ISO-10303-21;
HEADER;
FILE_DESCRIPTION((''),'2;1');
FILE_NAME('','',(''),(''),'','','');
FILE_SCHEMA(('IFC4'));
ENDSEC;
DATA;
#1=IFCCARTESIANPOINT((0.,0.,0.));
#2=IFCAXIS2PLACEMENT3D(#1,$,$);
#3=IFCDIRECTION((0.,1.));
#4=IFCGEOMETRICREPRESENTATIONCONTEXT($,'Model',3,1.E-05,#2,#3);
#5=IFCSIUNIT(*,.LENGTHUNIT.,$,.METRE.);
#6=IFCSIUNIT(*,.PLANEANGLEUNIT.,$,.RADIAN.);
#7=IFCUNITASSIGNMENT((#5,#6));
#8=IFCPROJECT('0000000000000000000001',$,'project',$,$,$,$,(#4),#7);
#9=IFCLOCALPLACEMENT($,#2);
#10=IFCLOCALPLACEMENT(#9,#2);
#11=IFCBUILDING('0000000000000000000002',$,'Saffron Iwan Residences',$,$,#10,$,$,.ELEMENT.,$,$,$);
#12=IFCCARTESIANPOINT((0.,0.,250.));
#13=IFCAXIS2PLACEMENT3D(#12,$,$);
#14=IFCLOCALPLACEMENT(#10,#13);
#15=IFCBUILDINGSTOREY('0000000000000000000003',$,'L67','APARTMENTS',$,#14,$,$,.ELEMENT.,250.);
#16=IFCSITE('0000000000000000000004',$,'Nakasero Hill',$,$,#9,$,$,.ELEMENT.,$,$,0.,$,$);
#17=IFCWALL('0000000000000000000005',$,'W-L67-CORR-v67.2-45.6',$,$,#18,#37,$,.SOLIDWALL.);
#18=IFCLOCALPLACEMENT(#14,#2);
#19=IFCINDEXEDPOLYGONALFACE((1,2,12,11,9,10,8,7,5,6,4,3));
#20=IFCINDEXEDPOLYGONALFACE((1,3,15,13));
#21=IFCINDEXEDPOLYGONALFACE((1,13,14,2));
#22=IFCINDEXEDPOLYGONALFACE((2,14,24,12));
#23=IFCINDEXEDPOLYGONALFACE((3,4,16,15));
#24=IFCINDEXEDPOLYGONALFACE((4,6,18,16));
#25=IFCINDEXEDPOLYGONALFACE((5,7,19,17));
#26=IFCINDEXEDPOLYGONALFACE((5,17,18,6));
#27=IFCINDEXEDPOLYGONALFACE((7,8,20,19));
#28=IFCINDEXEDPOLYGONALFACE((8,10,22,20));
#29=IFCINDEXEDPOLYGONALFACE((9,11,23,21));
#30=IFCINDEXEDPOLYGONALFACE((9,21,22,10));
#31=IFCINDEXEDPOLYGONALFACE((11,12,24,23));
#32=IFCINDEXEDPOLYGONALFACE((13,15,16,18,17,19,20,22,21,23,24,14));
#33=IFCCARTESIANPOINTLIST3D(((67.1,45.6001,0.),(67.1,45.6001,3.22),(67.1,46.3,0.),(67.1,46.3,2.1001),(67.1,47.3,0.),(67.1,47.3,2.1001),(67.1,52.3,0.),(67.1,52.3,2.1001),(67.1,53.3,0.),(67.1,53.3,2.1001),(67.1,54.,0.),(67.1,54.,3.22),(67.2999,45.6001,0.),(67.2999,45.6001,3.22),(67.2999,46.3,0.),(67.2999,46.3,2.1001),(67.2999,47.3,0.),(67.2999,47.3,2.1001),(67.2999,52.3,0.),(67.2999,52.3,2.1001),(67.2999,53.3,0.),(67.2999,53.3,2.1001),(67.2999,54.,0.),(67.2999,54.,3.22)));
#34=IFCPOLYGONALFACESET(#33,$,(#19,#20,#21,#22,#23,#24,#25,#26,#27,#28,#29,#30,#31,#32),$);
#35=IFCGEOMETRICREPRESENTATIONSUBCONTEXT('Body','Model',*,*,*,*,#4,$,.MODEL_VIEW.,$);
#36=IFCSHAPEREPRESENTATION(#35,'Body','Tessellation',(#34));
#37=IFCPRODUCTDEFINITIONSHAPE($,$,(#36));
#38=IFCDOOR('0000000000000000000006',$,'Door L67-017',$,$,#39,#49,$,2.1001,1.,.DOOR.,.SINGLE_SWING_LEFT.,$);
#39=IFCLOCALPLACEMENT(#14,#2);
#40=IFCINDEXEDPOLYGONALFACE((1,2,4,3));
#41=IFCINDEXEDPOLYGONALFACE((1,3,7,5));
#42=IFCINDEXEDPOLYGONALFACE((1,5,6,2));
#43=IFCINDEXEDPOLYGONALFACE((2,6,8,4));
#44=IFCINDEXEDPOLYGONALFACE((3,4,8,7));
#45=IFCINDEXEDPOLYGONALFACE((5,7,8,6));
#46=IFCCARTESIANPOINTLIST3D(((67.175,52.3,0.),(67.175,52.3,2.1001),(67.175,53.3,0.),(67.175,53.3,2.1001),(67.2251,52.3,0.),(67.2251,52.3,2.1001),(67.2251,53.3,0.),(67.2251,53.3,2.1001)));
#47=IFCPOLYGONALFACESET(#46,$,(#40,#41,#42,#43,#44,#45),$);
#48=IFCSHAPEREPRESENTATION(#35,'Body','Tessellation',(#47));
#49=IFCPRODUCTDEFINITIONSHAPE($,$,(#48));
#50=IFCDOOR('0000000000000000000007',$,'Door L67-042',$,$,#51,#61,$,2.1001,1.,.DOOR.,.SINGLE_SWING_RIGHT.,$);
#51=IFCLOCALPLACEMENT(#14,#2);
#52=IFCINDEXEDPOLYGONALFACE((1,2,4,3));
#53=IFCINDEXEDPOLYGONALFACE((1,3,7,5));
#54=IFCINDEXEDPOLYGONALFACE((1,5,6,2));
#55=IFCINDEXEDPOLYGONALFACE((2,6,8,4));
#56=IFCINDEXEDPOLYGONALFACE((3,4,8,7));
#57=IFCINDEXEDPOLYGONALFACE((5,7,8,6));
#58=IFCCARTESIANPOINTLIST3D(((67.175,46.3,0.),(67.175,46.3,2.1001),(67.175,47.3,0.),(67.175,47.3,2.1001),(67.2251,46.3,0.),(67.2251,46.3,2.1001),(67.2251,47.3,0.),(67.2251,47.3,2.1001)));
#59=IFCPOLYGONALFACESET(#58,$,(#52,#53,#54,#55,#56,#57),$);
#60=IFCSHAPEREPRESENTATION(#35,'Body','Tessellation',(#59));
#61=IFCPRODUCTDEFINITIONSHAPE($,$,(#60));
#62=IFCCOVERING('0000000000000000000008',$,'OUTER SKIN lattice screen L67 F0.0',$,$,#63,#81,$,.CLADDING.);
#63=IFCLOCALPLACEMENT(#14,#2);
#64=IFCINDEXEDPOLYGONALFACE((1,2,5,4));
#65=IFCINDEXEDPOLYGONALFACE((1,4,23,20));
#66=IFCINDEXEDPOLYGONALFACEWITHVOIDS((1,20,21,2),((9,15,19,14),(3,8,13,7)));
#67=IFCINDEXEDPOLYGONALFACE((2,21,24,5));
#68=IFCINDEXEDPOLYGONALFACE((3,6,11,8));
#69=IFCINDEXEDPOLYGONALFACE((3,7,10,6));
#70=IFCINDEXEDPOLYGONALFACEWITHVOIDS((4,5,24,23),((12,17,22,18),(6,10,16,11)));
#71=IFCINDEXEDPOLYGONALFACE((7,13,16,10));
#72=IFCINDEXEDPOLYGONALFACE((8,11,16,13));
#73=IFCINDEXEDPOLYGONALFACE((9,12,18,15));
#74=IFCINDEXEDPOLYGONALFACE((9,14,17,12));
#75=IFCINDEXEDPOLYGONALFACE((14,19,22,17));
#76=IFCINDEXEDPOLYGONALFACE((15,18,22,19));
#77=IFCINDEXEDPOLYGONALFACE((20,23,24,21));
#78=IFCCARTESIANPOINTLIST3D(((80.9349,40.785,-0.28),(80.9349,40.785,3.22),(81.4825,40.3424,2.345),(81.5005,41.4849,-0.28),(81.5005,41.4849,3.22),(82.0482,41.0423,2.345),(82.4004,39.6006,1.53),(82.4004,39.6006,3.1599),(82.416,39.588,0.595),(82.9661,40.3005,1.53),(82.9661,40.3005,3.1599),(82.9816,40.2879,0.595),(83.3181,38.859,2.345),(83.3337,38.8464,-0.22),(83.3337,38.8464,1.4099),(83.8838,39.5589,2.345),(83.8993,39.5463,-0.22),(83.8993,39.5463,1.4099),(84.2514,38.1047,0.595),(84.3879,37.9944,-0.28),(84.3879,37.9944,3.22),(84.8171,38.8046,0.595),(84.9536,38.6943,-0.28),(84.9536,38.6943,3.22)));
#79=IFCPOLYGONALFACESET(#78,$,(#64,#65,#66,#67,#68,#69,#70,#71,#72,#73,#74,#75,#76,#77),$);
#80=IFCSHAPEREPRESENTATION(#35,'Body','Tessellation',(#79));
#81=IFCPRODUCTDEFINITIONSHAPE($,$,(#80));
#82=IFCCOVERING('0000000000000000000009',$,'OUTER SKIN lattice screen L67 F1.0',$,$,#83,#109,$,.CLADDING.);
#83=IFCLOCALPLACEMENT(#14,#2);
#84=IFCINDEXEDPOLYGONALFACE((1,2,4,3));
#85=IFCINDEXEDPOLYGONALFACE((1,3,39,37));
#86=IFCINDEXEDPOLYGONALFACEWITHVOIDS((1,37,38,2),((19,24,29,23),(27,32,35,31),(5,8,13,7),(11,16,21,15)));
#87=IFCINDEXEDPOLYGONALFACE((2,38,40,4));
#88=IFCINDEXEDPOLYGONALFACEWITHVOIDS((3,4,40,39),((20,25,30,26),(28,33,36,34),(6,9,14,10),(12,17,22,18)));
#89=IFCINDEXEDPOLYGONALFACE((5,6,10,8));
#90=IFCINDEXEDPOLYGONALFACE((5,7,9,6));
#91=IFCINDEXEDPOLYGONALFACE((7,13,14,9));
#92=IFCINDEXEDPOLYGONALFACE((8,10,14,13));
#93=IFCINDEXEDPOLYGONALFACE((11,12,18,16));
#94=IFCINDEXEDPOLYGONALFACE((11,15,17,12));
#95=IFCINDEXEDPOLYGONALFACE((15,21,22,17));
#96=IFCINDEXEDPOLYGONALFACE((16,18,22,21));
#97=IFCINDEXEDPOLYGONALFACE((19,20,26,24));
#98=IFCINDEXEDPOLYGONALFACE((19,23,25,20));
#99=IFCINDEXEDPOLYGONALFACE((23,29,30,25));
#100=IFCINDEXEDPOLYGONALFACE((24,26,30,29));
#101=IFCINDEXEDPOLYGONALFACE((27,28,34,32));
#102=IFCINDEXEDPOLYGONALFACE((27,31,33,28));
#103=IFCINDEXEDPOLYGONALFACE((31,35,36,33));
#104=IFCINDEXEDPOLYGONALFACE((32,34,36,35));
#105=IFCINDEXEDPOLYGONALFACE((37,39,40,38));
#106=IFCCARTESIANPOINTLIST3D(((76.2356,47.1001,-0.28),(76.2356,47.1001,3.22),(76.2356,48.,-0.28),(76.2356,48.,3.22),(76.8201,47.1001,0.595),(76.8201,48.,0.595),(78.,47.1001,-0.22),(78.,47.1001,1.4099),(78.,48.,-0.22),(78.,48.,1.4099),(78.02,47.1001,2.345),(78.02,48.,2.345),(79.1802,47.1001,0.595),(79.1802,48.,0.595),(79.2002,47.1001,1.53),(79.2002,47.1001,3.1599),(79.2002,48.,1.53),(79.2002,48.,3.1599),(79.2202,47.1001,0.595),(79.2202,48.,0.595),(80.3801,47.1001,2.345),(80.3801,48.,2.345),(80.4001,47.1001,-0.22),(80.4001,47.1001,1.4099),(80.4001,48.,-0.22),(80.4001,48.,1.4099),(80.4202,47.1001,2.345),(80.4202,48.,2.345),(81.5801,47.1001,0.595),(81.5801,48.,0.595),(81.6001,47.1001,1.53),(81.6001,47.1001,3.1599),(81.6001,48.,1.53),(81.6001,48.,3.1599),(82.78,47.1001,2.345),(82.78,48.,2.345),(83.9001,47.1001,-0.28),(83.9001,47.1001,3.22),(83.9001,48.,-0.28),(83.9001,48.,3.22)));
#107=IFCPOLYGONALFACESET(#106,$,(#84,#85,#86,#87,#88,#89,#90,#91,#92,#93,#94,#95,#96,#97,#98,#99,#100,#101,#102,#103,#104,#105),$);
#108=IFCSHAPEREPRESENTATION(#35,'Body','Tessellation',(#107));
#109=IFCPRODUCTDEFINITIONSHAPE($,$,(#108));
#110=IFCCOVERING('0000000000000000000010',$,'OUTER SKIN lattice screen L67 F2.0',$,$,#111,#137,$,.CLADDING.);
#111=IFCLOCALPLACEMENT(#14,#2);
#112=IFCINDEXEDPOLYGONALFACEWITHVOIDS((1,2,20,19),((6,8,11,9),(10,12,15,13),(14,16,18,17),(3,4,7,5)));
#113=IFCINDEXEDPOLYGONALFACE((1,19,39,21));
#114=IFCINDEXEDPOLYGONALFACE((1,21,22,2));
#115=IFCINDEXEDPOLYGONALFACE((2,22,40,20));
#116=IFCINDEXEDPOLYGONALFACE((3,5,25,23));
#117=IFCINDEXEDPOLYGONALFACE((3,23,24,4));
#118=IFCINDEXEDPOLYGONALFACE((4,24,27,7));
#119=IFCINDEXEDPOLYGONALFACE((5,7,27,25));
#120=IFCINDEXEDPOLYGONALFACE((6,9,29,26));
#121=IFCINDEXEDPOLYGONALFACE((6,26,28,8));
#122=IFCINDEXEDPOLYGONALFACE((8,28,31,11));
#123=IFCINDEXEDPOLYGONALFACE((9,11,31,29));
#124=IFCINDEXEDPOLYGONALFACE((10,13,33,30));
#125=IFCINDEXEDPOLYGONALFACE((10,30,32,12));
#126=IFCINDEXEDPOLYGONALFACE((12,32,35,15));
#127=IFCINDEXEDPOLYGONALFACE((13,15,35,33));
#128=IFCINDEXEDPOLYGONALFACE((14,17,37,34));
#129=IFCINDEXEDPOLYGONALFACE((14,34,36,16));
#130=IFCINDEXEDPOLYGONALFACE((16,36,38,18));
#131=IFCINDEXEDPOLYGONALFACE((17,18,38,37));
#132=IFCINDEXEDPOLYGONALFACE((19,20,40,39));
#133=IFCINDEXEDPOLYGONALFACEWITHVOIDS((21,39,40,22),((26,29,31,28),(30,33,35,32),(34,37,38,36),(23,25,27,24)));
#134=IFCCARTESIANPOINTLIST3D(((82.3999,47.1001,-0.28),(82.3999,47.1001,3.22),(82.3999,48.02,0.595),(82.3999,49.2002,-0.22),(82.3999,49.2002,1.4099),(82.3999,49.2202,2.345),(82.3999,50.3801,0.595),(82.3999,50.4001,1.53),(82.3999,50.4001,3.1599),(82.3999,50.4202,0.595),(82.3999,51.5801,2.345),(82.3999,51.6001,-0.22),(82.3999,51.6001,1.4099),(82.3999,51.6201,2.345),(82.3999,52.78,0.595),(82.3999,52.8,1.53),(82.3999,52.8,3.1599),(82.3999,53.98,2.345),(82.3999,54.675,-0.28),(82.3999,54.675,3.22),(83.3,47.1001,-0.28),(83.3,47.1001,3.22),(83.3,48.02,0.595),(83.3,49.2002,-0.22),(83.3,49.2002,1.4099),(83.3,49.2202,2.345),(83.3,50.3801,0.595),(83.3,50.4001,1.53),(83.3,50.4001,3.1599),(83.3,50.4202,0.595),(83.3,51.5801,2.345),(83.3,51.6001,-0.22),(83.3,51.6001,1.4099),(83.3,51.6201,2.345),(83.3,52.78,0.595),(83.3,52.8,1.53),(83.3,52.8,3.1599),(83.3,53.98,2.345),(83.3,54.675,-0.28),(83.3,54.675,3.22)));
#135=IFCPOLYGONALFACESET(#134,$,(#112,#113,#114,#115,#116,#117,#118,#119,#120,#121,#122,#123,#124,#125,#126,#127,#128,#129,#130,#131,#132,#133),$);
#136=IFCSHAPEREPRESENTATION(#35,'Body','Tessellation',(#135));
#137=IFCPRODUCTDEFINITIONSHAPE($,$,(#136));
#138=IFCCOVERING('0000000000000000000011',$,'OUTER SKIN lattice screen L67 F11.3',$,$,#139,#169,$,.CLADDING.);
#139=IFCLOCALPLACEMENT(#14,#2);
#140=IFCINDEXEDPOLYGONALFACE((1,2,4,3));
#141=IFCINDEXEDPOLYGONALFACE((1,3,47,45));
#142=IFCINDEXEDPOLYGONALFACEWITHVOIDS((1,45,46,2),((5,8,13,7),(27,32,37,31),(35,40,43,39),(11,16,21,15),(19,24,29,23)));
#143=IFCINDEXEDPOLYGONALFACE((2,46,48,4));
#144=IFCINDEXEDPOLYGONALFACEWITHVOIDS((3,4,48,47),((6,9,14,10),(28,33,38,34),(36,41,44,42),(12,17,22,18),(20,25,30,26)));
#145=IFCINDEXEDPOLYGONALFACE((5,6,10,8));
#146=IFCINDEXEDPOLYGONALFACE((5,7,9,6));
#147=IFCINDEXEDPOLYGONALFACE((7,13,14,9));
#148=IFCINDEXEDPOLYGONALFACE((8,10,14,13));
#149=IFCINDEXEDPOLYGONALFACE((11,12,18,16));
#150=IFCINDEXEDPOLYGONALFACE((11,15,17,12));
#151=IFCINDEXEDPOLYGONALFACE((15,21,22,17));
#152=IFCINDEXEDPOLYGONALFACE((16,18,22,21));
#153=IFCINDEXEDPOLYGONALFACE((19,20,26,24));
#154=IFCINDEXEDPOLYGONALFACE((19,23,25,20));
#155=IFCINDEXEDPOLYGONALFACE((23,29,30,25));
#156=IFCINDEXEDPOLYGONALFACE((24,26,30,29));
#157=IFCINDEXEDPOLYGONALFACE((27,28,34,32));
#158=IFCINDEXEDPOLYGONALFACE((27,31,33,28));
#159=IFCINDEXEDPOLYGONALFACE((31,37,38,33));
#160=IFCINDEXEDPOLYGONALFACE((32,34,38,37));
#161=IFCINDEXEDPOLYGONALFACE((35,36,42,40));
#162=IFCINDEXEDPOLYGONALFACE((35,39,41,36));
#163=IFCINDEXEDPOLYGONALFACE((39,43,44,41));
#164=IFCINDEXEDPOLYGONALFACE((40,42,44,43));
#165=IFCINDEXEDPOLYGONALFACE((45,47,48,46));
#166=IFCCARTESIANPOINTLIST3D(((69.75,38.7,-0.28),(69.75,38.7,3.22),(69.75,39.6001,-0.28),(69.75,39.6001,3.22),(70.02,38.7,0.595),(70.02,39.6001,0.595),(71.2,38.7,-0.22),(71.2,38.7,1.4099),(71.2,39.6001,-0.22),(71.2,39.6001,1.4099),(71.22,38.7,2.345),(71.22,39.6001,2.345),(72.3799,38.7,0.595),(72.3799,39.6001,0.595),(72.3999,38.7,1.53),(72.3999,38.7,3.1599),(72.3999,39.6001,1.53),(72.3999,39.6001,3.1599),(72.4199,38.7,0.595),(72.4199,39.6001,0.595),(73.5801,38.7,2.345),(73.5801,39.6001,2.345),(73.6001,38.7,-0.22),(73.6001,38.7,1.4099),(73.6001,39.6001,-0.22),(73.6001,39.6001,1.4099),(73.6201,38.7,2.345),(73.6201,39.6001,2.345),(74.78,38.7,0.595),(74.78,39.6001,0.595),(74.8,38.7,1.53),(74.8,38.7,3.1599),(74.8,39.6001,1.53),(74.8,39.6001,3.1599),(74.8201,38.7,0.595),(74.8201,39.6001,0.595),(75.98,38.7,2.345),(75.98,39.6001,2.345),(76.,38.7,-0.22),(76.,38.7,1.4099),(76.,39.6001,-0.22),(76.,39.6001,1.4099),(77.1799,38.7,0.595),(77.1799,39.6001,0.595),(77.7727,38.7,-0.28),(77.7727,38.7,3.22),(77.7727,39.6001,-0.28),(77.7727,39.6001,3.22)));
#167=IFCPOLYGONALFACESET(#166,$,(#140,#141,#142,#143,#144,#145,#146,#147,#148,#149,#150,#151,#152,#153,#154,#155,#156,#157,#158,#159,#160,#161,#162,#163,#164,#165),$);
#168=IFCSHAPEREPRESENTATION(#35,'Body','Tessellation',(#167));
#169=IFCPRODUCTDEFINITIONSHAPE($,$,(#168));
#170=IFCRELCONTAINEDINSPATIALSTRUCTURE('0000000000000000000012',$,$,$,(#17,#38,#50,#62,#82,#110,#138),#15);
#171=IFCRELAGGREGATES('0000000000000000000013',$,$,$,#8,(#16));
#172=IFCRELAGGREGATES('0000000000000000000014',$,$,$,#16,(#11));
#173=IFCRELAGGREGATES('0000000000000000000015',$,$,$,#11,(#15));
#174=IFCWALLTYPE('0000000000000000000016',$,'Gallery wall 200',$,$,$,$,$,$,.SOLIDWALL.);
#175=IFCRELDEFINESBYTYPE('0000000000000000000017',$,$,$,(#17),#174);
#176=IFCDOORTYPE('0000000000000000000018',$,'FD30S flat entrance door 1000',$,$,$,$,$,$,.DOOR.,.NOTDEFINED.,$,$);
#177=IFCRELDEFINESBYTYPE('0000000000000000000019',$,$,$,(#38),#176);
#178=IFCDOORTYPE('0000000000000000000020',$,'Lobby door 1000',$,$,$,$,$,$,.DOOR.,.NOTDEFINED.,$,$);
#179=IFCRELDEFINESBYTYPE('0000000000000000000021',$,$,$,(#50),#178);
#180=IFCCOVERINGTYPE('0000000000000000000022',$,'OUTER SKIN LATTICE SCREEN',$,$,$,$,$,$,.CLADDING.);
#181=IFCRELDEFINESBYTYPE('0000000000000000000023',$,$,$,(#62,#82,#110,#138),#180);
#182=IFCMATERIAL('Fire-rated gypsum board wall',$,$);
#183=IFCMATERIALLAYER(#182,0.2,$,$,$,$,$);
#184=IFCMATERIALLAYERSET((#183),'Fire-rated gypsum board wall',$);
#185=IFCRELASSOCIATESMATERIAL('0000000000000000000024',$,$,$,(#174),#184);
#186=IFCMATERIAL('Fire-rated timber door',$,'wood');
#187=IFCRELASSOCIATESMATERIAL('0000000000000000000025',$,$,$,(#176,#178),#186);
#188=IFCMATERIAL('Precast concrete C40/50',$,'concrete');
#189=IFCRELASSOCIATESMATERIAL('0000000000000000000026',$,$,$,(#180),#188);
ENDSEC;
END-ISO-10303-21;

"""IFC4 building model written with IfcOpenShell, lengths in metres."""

from ifc_helpers import new_model, si_unit, direction, frame, frame_2d, origin, place, context, subcontext, project, spatial, polyline, rectangle, outline, extrude, material, layer, layer_set, type_object, element, fill, save


model = new_model("IFC4")

# Units and contexts
model_context = context("Model", 3, precision=1e-05, world=origin(), true_north=direction((0.0, 1.0)))
body_context = subcontext(model_context, "Body", "Model", "MODEL_VIEW")
ifc_project = project(units=[si_unit("LENGTHUNIT", "METRE"), si_unit("PLANEANGLEUNIT", "RADIAN")], contexts=[model_context])

# Site, building, storey
site_placement = place(None, origin())
site = spatial("IfcSite", under=ifc_project, at=site_placement, Name="Nakasero Hill", CompositionType="ELEMENT", RefElevation=0.0)
building_placement = place(site_placement, origin())
building = spatial("IfcBuilding", under=site, at=building_placement, Name="Saffron Iwan Residences", CompositionType="ELEMENT")
storey_placement = place(building_placement, frame((0.0, 0.0, 250.0)))
storey = spatial("IfcBuildingStorey", under=building, at=storey_placement, Name="L67", Description="APARTMENTS", CompositionType="ELEMENT", Elevation=250.0)

# Shared definitions
ifc_material_1 = material(Name="Fire-rated gypsum board wall")

# Wall, openings, doors
ifc_layer_1 = layer(ifc_material_1, 0.2)
ifc_layer_set_1 = layer_set([ifc_layer_1], Name="Fire-rated gypsum board wall")
wall_type_1 = type_object("IfcWallType", Name="Gallery wall 200", PredefinedType="SOLIDWALL", material=ifc_layer_set_1)
wall_1_placement = place(storey_placement, frame((67.2, 45.6001, 0.0), z_axis=(0.0, 0.0, 1.0), x_axis=(0.0, 1.0, 0.0)))
wall_1 = element("IfcWall", 1, at=wall_1_placement, inside=storey, type_object=wall_type_1, Name="W-L67-CORR-v67.2-45.6", PredefinedType="SOLIDWALL", context=body_context, shape_type="SweptSolid", body=[
    extrude(rectangle(XDim=8.3999, YDim=0.2, at=frame_2d((4.2, 0.0))), origin(), (0.0, 0.0, 1.0), 3.22),
])
opening_1_placement = place(wall_1_placement, frame((6.7, 0.0, 0.0)))
opening_1 = element("IfcOpeningElement", 2, at=opening_1_placement, cuts=wall_1, PredefinedType="OPENING", context=body_context, shape_type="SweptSolid", body=[
    extrude(rectangle(XDim=1.0, YDim=2.1001, at=frame_2d((0.5, 1.05))), frame((0.0, 0.1099, 0.0), z_axis=(0.0, -1.0, 0.0), x_axis=(1.0, 0.0, 0.0)), (0.0, 0.0, 1.0), 0.22),
])
opening_2_placement = place(wall_1_placement, frame((0.7, 0.0, 0.0)))
opening_2 = element("IfcOpeningElement", 3, at=opening_2_placement, cuts=wall_1, PredefinedType="OPENING", context=body_context, shape_type="SweptSolid", body=[
    extrude(rectangle(XDim=1.0, YDim=2.1001, at=frame_2d((0.5, 1.05))), frame((0.0, 0.1099, 0.0), z_axis=(0.0, -1.0, 0.0), x_axis=(1.0, 0.0, 0.0)), (0.0, 0.0, 1.0), 0.22),
])
ifc_material_2 = material(Name="Fire-rated timber door", Category="wood")
door_type_1 = type_object("IfcDoorType", Name="FD30S flat entrance door 1000", OperationType="NOTDEFINED", PredefinedType="DOOR", material=ifc_material_2)
door_1_placement = place(opening_1_placement, origin())
door_1 = element("IfcDoor", 4, at=door_1_placement, inside=storey, type_object=door_type_1, Name="Door L67-017", OperationType="SINGLE_SWING_LEFT", OverallHeight=2.1001, OverallWidth=1.0, PredefinedType="DOOR", context=body_context, shape_type="SweptSolid", body=[
    extrude(rectangle(XDim=1.0, YDim=2.1001, at=frame_2d((0.5, 1.05))), frame((0.0, 0.0249, 0.0), z_axis=(0.0, -1.0, 0.0), x_axis=(1.0, 0.0, 0.0)), (0.0, 0.0, 1.0), 0.05),
])
fill(opening_1, door_1)
door_type_2 = type_object("IfcDoorType", Name="Lobby door 1000", OperationType="NOTDEFINED", PredefinedType="DOOR", material=ifc_material_2)
door_2_placement = place(opening_2_placement, origin())
door_2 = element("IfcDoor", 5, at=door_2_placement, inside=storey, type_object=door_type_2, Name="Door L67-042", OperationType="SINGLE_SWING_RIGHT", OverallHeight=2.1001, OverallWidth=1.0, PredefinedType="DOOR", context=body_context, shape_type="SweptSolid", body=[
    extrude(rectangle(XDim=1.0, YDim=2.1001, at=frame_2d((0.5, 1.05))), frame((0.0, 0.0249, 0.0), z_axis=(0.0, -1.0, 0.0), x_axis=(1.0, 0.0, 0.0)), (0.0, 0.0, 1.0), 0.05),
])
fill(opening_2, door_2)

# Coverings
ifc_material_3 = material(Name="Precast concrete C40/50", Category="concrete")
covering_type = type_object("IfcCoveringType", Name="OUTER SKIN LATTICE SCREEN", PredefinedType="CLADDING", material=ifc_material_3)
covering_1_placement = place(storey_placement, frame((84.3879, 37.9944, -0.28), z_axis=(0.628558, 0.777763, 0.0), x_axis=(-0.777763, 0.628558, 0.0)))
element("IfcCovering", 6, at=covering_1_placement, inside=storey, type_object=covering_type, Name="OUTER SKIN lattice screen L67 F0.0", PredefinedType="CLADDING", context=body_context, shape_type="SweptSolid", body=[
    extrude(outline(polyline([(0.0, 0.0), (4.4397, 0.0), (4.4397, 3.5), (0.0, 3.5), (0.0, 0.0)]), holes=[polyline([(0.1755, 0.875), (1.3555, 0.0601), (2.5354, 0.875), (1.3555, 1.6899), (0.1755, 0.875)]), polyline([(1.3755, 2.625), (2.5554, 1.8101), (3.7356, 2.625), (2.5554, 3.4399), (1.3755, 2.625)])]), origin(), (0.0, 0.0, 1.0), 0.8999),
])
covering_2_placement = place(storey_placement, frame((76.2356, 48.0, -0.28), z_axis=(0.0, -1.0, 0.0), x_axis=(1.0, 0.0, 0.0)))
element("IfcCovering", 7, at=covering_2_placement, inside=storey, type_object=covering_type, Name="OUTER SKIN lattice screen L67 F1.0", PredefinedType="CLADDING", context=body_context, shape_type="SweptSolid", body=[
    extrude(outline(polyline([(0.0, 0.0), (7.6646, 0.0), (7.6646, 3.5), (0.0, 3.5), (0.0, 0.0)]), holes=[polyline([(0.5845, 0.875), (1.7644, 0.0601), (2.9446, 0.875), (1.7644, 1.6899), (0.5845, 0.875)]), polyline([(2.9846, 0.875), (4.1646, 0.0601), (5.3445, 0.875), (4.1646, 1.6899), (2.9846, 0.875)]), polyline([(1.7844, 2.625), (2.9646, 1.8101), (4.1445, 2.625), (2.9646, 3.4399), (1.7844, 2.625)]), polyline([(4.1846, 2.625), (5.3645, 1.8101), (6.5444, 2.625), (5.3645, 3.4399), (4.1846, 2.625)])]), origin(), (0.0, 0.0, 1.0), 0.8999),
])
covering_3_placement = place(storey_placement, frame((82.3999, 47.1001, -0.28), z_axis=(1.0, 0.0, 0.0), x_axis=(0.0, 1.0, 0.0)))
element("IfcCovering", 8, at=covering_3_placement, inside=storey, type_object=covering_type, Name="OUTER SKIN lattice screen L67 F2.0", PredefinedType="CLADDING", context=body_context, shape_type="SweptSolid", body=[
    extrude(outline(polyline([(0.0, 0.0), (7.575, 0.0), (7.575, 3.5), (0.0, 3.5), (0.0, 0.0)]), holes=[polyline([(0.9199, 0.875), (2.1001, 0.0601), (3.28, 0.875), (2.1001, 1.6899), (0.9199, 0.875)]), polyline([(3.3201, 0.875), (4.5, 0.0601), (5.6799, 0.875), (4.5, 1.6899), (3.3201, 0.875)]), polyline([(2.1201, 2.625), (3.3, 1.8101), (4.48, 2.625), (3.3, 3.4399), (2.1201, 2.625)]), polyline([(4.52, 2.625), (5.7, 1.8101), (6.8799, 2.625), (5.7, 3.4399), (4.52, 2.625)])]), origin(), (0.0, 0.0, 1.0), 0.9001),
])
covering_4_placement = place(storey_placement, frame((69.75, 39.6001, -0.28), z_axis=(0.0, -1.0, 0.0), x_axis=(1.0, 0.0, 0.0)))
element("IfcCovering", 9, at=covering_4_placement, inside=storey, type_object=covering_type, Name="OUTER SKIN lattice screen L67 F11.3", PredefinedType="CLADDING", context=body_context, shape_type="SweptSolid", body=[
    extrude(outline(polyline([(0.0, 0.0), (8.0227, 0.0), (8.0227, 3.5), (0.0, 3.5), (0.0, 0.0)]), holes=[polyline([(0.27, 0.875), (1.45, 0.0601), (2.6299, 0.875), (1.45, 1.6899), (0.27, 0.875)]), polyline([(2.6699, 0.875), (3.8501, 0.0601), (5.03, 0.875), (3.8501, 1.6899), (2.6699, 0.875)]), polyline([(5.0701, 0.875), (6.25, 0.0601), (7.4299, 0.875), (6.25, 1.6899), (5.0701, 0.875)]), polyline([(1.47, 2.625), (2.6499, 1.8101), (3.8301, 2.625), (2.6499, 3.4399), (1.47, 2.625)]), polyline([(3.8701, 2.625), (5.05, 1.8101), (6.23, 2.625), (5.05, 3.4399), (3.8701, 2.625)])]), origin(), (0.0, 0.0, 1.0), 0.9001),
])

save(model, "model.ifc")
